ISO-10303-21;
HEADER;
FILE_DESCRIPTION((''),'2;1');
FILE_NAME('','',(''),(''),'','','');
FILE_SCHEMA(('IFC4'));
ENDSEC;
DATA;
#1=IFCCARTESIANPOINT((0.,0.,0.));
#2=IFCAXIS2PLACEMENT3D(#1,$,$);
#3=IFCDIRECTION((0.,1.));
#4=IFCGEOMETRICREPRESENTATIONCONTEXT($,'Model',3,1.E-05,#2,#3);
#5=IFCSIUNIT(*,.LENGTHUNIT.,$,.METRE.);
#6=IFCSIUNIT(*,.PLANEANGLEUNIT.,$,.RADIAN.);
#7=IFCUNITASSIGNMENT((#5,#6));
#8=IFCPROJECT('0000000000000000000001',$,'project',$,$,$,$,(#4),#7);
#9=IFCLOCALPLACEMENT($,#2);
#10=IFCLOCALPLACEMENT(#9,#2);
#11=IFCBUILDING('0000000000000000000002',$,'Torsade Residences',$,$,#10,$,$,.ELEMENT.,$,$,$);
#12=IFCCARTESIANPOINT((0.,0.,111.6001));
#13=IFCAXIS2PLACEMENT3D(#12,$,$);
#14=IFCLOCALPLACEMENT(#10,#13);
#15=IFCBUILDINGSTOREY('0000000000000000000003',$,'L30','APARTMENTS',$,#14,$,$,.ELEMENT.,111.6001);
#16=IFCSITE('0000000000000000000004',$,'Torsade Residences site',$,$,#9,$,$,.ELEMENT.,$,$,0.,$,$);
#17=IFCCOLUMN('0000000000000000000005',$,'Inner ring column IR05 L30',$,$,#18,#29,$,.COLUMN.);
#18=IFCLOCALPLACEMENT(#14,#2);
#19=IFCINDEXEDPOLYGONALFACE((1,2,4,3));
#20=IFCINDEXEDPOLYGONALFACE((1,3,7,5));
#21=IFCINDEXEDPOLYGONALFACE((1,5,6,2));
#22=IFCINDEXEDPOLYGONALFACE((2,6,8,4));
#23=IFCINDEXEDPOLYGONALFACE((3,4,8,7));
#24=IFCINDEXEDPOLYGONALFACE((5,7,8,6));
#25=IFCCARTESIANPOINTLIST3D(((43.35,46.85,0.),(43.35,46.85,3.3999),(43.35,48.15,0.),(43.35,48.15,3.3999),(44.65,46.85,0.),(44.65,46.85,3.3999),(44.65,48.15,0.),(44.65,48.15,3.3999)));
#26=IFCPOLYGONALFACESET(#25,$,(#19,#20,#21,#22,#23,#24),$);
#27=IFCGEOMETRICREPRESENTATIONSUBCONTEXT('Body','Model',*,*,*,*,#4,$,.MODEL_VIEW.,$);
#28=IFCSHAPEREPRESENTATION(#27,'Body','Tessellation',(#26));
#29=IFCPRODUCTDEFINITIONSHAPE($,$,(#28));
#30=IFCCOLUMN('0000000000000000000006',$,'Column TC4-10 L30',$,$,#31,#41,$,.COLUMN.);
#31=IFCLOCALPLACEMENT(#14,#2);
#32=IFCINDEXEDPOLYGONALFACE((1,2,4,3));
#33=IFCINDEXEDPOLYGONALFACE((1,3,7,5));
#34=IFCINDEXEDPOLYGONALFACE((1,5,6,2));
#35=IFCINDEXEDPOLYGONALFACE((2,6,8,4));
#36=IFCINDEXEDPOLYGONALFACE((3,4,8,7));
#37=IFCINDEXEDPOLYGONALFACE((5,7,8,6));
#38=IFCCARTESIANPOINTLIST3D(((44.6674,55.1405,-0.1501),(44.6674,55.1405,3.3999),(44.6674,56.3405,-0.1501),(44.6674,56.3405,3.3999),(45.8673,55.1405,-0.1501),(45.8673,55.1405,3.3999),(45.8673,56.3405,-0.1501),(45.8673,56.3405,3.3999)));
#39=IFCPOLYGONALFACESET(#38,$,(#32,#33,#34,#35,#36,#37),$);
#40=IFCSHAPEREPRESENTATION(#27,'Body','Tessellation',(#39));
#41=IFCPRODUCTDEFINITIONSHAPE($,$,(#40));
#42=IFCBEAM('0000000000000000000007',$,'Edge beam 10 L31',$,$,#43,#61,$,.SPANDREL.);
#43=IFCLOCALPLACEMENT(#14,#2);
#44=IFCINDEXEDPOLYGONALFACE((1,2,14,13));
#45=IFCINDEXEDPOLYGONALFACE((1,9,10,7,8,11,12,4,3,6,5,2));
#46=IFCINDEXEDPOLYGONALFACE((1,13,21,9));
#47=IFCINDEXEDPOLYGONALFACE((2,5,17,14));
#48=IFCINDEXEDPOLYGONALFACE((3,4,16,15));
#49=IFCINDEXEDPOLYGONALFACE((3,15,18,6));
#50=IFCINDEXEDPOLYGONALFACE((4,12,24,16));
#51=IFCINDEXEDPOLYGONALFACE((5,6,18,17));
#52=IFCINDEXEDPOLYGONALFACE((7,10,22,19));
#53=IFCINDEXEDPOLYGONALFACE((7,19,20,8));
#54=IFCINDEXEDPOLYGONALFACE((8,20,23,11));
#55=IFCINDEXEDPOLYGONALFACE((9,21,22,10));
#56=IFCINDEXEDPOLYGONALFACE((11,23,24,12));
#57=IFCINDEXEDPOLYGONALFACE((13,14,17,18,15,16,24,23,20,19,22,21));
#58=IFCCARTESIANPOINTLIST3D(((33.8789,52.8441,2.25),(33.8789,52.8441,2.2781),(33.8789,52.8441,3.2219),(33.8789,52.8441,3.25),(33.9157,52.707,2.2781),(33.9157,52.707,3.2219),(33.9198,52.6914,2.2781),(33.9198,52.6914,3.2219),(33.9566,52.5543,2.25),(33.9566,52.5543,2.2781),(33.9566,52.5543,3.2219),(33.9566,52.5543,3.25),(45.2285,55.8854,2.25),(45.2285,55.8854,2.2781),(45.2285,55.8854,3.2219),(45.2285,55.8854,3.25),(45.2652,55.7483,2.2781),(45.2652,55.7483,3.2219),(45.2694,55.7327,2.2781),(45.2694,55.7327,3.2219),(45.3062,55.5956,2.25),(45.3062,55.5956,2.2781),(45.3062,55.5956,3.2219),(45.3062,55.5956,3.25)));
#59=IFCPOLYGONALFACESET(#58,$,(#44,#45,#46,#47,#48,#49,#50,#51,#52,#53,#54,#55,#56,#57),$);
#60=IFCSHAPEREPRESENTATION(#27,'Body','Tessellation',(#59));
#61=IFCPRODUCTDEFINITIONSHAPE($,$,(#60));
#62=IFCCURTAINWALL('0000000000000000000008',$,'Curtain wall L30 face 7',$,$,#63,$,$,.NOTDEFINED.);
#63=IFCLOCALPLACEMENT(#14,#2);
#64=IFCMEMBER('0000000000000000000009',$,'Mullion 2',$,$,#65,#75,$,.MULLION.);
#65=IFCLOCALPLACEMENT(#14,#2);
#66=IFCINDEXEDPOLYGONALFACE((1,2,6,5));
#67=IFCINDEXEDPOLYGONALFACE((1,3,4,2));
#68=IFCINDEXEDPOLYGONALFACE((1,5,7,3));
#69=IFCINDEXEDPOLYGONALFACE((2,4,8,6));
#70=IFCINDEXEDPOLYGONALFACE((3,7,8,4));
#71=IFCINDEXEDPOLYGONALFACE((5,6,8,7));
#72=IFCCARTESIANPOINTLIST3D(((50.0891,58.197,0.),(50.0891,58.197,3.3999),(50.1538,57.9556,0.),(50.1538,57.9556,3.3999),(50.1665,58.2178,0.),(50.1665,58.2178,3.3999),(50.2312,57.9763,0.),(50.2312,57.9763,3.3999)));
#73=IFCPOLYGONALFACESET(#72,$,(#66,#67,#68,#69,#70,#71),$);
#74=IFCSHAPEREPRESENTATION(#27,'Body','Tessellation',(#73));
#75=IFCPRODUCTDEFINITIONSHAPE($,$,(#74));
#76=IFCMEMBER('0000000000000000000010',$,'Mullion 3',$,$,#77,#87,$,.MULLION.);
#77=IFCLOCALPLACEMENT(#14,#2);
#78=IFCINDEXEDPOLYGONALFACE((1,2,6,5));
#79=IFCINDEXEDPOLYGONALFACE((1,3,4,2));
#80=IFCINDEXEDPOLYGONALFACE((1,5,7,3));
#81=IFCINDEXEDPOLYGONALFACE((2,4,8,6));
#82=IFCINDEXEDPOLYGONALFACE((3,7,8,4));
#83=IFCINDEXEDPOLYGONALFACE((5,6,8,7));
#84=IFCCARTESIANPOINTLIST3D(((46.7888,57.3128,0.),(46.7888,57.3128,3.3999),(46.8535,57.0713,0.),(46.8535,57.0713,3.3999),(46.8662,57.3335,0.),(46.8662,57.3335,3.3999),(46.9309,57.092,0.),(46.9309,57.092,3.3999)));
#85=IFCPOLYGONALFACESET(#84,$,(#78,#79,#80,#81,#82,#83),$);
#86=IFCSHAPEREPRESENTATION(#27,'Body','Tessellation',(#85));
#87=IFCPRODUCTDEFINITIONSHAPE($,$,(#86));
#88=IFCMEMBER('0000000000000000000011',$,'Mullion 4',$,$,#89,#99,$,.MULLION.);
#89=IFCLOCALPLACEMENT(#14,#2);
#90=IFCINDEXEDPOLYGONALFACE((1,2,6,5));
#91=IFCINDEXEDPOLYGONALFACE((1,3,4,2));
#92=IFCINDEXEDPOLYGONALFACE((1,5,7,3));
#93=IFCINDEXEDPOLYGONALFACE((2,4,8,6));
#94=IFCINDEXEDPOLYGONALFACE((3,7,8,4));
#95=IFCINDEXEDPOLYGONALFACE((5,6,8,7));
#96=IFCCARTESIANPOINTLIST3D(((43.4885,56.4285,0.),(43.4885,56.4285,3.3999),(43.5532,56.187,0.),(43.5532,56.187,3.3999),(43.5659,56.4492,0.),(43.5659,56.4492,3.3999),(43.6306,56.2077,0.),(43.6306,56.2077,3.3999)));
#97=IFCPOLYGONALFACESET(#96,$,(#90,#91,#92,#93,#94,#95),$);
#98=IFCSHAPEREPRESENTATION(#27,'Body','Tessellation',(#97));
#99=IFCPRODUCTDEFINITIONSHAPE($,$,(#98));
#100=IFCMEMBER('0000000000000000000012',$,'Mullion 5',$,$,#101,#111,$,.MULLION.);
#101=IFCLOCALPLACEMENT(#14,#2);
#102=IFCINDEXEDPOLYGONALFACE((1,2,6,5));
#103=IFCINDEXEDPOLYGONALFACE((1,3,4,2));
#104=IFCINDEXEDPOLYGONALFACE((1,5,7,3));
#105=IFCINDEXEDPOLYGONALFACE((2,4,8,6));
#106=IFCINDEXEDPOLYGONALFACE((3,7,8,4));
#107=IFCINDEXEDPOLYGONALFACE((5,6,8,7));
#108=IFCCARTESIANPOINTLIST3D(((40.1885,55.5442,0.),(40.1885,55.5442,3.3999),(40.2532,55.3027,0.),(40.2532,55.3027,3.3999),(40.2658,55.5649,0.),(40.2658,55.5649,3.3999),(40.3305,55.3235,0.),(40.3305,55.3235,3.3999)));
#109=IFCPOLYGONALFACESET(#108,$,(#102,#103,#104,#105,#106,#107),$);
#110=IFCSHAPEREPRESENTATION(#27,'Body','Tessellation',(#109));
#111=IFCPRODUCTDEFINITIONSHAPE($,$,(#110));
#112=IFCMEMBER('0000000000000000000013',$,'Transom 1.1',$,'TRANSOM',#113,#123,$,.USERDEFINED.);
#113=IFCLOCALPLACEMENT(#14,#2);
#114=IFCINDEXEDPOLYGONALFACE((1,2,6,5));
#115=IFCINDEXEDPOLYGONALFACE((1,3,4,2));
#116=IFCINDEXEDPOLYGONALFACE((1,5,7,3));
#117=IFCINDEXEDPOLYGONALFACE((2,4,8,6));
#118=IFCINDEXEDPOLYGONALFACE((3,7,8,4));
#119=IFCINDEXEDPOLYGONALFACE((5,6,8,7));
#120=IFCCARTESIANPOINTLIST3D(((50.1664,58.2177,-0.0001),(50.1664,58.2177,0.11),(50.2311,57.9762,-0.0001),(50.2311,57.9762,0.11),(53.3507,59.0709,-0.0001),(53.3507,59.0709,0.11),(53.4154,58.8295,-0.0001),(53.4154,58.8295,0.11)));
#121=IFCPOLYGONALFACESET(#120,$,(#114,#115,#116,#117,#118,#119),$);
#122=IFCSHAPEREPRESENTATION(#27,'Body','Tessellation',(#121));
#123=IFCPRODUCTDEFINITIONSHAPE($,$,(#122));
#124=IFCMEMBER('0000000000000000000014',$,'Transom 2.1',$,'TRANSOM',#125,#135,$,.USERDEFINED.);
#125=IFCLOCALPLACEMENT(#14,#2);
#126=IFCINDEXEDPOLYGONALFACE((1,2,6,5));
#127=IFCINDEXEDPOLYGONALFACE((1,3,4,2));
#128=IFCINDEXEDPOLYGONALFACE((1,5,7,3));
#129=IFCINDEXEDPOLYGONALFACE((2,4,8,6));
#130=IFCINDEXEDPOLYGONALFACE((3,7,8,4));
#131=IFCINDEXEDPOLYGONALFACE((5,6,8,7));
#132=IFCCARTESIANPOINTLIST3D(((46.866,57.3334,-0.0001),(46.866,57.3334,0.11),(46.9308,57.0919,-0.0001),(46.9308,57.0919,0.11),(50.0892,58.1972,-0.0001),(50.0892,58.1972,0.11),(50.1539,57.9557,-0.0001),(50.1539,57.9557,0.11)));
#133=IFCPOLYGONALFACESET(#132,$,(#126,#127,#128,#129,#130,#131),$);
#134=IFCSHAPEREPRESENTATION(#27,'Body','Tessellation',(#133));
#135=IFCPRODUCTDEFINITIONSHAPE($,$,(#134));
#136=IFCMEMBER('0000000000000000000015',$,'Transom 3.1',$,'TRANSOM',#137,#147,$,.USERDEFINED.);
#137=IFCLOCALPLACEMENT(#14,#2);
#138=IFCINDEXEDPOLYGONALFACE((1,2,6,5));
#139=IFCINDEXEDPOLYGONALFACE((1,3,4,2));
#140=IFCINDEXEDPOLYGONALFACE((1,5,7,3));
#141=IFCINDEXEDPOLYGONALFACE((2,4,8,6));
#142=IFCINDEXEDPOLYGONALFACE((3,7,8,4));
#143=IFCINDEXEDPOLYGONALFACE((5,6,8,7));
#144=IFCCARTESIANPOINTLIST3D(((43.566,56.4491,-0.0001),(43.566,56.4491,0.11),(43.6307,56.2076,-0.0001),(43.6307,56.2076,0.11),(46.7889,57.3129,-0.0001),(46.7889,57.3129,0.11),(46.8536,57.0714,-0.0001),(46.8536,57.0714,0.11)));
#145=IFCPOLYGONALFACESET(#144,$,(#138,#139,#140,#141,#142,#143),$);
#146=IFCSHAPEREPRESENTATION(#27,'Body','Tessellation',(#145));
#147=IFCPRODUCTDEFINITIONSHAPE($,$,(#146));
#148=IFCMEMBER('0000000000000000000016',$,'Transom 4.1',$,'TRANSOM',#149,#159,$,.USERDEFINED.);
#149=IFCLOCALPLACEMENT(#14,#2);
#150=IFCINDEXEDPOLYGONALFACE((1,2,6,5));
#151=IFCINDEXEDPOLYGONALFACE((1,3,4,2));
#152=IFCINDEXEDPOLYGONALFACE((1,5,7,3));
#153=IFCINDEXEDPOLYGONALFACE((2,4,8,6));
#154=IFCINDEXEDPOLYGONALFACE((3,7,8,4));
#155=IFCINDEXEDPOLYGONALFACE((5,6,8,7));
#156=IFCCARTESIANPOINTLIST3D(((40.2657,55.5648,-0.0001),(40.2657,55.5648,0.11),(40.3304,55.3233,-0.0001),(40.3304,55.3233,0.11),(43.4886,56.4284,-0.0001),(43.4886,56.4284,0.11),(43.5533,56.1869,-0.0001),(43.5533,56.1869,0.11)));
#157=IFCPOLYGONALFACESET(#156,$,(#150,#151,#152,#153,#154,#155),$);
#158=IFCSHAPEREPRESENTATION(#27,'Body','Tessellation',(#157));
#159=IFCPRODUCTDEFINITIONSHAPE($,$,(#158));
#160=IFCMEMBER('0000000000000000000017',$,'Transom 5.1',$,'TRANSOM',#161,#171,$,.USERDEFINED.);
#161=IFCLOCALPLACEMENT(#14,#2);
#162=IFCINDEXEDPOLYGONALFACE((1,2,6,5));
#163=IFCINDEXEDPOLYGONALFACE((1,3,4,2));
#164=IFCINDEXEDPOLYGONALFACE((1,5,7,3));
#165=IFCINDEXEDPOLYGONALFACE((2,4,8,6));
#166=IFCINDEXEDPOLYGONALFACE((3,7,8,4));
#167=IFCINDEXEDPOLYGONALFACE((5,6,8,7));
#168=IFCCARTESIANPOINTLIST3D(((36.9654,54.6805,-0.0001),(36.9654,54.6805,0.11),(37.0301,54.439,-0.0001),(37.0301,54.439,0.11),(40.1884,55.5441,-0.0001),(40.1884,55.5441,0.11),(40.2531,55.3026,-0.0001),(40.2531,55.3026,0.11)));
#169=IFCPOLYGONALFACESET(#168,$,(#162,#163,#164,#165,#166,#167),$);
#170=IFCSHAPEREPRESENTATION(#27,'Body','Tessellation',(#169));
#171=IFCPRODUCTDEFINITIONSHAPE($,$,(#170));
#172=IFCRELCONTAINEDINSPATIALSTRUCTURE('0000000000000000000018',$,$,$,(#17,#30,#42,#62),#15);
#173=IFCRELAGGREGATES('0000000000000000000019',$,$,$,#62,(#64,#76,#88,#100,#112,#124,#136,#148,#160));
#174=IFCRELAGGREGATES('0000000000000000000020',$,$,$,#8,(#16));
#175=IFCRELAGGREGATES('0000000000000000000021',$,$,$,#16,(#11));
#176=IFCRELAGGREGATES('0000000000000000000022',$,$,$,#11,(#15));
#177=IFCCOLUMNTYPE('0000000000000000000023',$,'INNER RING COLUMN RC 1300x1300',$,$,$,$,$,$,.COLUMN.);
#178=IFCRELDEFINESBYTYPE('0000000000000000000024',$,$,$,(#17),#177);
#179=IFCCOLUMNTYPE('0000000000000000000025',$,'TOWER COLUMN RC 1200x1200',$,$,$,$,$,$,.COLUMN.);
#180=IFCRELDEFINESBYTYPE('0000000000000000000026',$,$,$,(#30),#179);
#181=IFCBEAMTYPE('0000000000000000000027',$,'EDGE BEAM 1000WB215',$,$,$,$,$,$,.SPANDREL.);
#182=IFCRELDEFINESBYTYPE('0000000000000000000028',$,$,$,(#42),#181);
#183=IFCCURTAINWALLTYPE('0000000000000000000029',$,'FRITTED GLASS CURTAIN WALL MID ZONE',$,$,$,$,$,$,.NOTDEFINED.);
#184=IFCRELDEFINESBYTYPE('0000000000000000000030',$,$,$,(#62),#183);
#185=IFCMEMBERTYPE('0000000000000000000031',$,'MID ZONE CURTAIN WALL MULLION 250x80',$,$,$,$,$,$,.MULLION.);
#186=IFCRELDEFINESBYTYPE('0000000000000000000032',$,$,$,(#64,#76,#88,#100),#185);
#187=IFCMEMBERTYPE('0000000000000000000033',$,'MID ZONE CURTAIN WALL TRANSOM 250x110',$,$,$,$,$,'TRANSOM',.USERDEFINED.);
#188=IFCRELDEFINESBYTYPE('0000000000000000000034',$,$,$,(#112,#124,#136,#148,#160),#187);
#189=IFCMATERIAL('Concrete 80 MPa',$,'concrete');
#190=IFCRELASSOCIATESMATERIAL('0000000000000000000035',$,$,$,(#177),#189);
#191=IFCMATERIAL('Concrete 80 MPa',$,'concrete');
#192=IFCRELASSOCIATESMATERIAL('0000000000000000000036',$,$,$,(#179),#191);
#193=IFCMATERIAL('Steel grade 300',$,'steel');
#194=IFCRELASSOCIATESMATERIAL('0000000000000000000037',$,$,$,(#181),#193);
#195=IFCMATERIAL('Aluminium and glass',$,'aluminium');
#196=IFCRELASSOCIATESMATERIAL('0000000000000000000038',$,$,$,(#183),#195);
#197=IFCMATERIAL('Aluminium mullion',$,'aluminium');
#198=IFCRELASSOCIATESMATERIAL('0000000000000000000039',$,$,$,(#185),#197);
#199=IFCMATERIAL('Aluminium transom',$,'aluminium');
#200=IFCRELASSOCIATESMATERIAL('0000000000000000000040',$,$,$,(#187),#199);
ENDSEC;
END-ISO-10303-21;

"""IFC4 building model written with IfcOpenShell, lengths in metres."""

from ifc_helpers import new_model, si_unit, direction, frame, origin, origin_2d, place, context, subcontext, project, spatial, rectangle, i_section, extrude, material, material_profile, profile_set, type_object, element, aggregate, save


model = new_model("IFC4")

# Units and contexts
model_context = context("Model", 3, precision=1e-05, world=origin(), true_north=direction((0.0, 1.0)))
body_context = subcontext(model_context, "Body", "Model", "MODEL_VIEW")
ifc_project = project(units=[si_unit("LENGTHUNIT", "METRE"), si_unit("PLANEANGLEUNIT", "RADIAN")], contexts=[model_context])

# Site, building, storey
site_placement = place(None, origin())
site = spatial("IfcSite", under=ifc_project, at=site_placement, Name="Torsade Residences site", CompositionType="ELEMENT", RefElevation=0.0)
building_placement = place(site_placement, origin())
building = spatial("IfcBuilding", under=site, at=building_placement, Name="Torsade Residences", CompositionType="ELEMENT")
storey_placement = place(building_placement, frame((0.0, 0.0, 111.6001)))
storey = spatial("IfcBuildingStorey", under=building, at=storey_placement, Name="L30", Description="APARTMENTS", CompositionType="ELEMENT", Elevation=111.6001)

# Columns
ifc_material_1 = material(Name="Concrete 80 MPa", Category="concrete")
ifc_material_profile_1 = material_profile(ifc_material_1, rectangle(XDim=1.3, YDim=1.3, at=origin_2d()), Name="RC 1300x1300")
ifc_profile_set_1 = profile_set([ifc_material_profile_1], Name="Concrete 80 MPa")
column_type_1 = type_object("IfcColumnType", Name="INNER RING COLUMN RC 1300x1300", PredefinedType="COLUMN", material=ifc_profile_set_1)
column_1_placement = place(storey_placement, frame((44.0, 47.5, 0.0), z_axis=(0.0, 0.0, 1.0), x_axis=(1.0, 0.0, 0.0)))
element("IfcColumn", 1, at=column_1_placement, inside=storey, type_object=column_type_1, Name="Inner ring column IR05 L30", PredefinedType="COLUMN", context=body_context, shape_type="SweptSolid", body=[
    extrude(rectangle(XDim=1.3, YDim=1.3, at=origin_2d()), origin(), (0.0, 0.0, 1.0), 3.3999),
])
ifc_material_2 = material(Name="Concrete 80 MPa", Category="concrete")
ifc_material_profile_2 = material_profile(ifc_material_2, rectangle(XDim=1.2, YDim=1.2, at=origin_2d()), Name="RC 1200x1200")
ifc_profile_set_2 = profile_set([ifc_material_profile_2], Name="Concrete 80 MPa")
column_type_2 = type_object("IfcColumnType", Name="TOWER COLUMN RC 1200x1200", PredefinedType="COLUMN", material=ifc_profile_set_2)
column_2_placement = place(storey_placement, frame((45.2673, 55.7405, -0.1501), z_axis=(0.0, 0.0, 1.0), x_axis=(1.0, 0.0, 0.0)))
element("IfcColumn", 2, at=column_2_placement, inside=storey, type_object=column_type_2, Name="Column TC4-10 L30", PredefinedType="COLUMN", context=body_context, shape_type="SweptSolid", body=[
    extrude(rectangle(XDim=1.2, YDim=1.2, at=origin_2d()), origin(), (0.0, 0.0, 1.0), 3.55),
])

# Beam
ifc_material_3 = material(Name="Steel grade 300", Category="steel")
ifc_material_profile_3 = material_profile(ifc_material_3, i_section(OverallWidth=0.3, OverallDepth=1.0, WebThickness=0.0161, FlangeThickness=0.0281, at=origin_2d()), Name="1000WB215")
ifc_profile_set_3 = profile_set([ifc_material_profile_3], Name="Steel grade 300")
beam_type_1 = type_object("IfcBeamType", Name="EDGE BEAM 1000WB215", PredefinedType="SPANDREL", material=ifc_profile_set_3)
beam_1_placement = place(storey_placement, frame((45.2673, 55.7405, 2.75), z_axis=(-0.965923, -0.25883, 0.0), x_axis=(0.25883, -0.965923, 0.0)))
element("IfcBeam", 3, at=beam_1_placement, inside=storey, type_object=beam_type_1, Name="Edge beam 10 L31", PredefinedType="SPANDREL", context=body_context, shape_type="SweptSolid", body=[
    extrude(i_section(OverallWidth=0.3, OverallDepth=1.0, WebThickness=0.0161, FlangeThickness=0.0281, at=origin_2d()), origin(), (0.0, 0.0, 1.0), 11.75),
])

# Curtain wall, members
ifc_material_4 = material(Name="Aluminium and glass", Category="aluminium")
curtain_wall_type = type_object("IfcCurtainWallType", Name="FRITTED GLASS CURTAIN WALL MID ZONE", PredefinedType="NOTDEFINED", material=ifc_material_4)
curtain_wall_placement = place(storey_placement, origin())
curtain_wall = element("IfcCurtainWall", 4, at=curtain_wall_placement, inside=storey, type_object=curtain_wall_type, Name="Curtain wall L30 face 7", PredefinedType="NOTDEFINED")
ifc_material_5 = material(Name="Aluminium mullion", Category="aluminium")
ifc_material_profile_4 = material_profile(ifc_material_5, rectangle(XDim=0.25, YDim=0.0801, at=origin_2d()), Name="MID ZONE CURTAIN WALL MULLION 250x80")
ifc_profile_set_4 = profile_set([ifc_material_profile_4], Name="Aluminium mullion")
member_type_1 = type_object("IfcMemberType", Name="MID ZONE CURTAIN WALL MULLION 250x80", PredefinedType="MULLION", material=ifc_profile_set_4)
member_1_placement = place(storey_placement, frame((50.1602, 58.0867, 0.0), z_axis=(0.0, 0.0, 1.0), x_axis=(0.258819, -0.965926, 0.0)))
member_1 = element("IfcMember", 5, at=member_1_placement, type_object=member_type_1, Name="Mullion 2", PredefinedType="MULLION", context=body_context, shape_type="SweptSolid", body=[
    extrude(rectangle(XDim=0.25, YDim=0.0801, at=origin_2d()), origin(), (0.0, 0.0, 1.0), 3.3999),
])
member_2_placement = place(storey_placement, frame((46.8599, 57.2024, 0.0), z_axis=(0.0, 0.0, 1.0), x_axis=(0.258819, -0.965926, 0.0)))
member_2 = element("IfcMember", 6, at=member_2_placement, type_object=member_type_1, Name="Mullion 3", PredefinedType="MULLION", context=body_context, shape_type="SweptSolid", body=[
    extrude(rectangle(XDim=0.25, YDim=0.0801, at=origin_2d()), origin(), (0.0, 0.0, 1.0), 3.3999),
])
member_3_placement = place(storey_placement, frame((43.5596, 56.3181, 0.0), z_axis=(0.0, 0.0, 1.0), x_axis=(0.258819, -0.965926, 0.0)))
member_3 = element("IfcMember", 7, at=member_3_placement, type_object=member_type_1, Name="Mullion 4", PredefinedType="MULLION", context=body_context, shape_type="SweptSolid", body=[
    extrude(rectangle(XDim=0.25, YDim=0.0801, at=origin_2d()), origin(), (0.0, 0.0, 1.0), 3.3999),
])
member_4_placement = place(storey_placement, frame((40.2595, 55.4338, 0.0), z_axis=(0.0, 0.0, 1.0), x_axis=(0.258819, -0.965926, 0.0)))
member_4 = element("IfcMember", 8, at=member_4_placement, type_object=member_type_1, Name="Mullion 5", PredefinedType="MULLION", context=body_context, shape_type="SweptSolid", body=[
    extrude(rectangle(XDim=0.25, YDim=0.0801, at=origin_2d()), origin(), (0.0, 0.0, 1.0), 3.3999),
])
ifc_material_6 = material(Name="Aluminium transom", Category="aluminium")
ifc_material_profile_5 = material_profile(ifc_material_6, rectangle(XDim=0.25, YDim=0.1101, at=origin_2d()), Name="MID ZONE CURTAIN WALL TRANSOM 250x110")
ifc_profile_set_5 = profile_set([ifc_material_profile_5], Name="Aluminium transom")
member_type_2 = type_object("IfcMemberType", Name="MID ZONE CURTAIN WALL TRANSOM 250x110", ElementType="TRANSOM", PredefinedType="USERDEFINED", material=ifc_profile_set_5)
member_5_placement = place(storey_placement, frame((53.3831, 58.9502, 0.0549), z_axis=(-0.965923, -0.258829, 0.0), x_axis=(0.258829, -0.965923, 0.0)))
member_5 = element("IfcMember", 9, at=member_5_placement, type_object=member_type_2, Name="Transom 1.1", ObjectType="TRANSOM", PredefinedType="USERDEFINED", context=body_context, shape_type="SweptSolid", body=[
    extrude(rectangle(XDim=0.25, YDim=0.1101, at=origin_2d()), origin(), (0.0, 0.0, 1.0), 3.2966),
])
member_6_placement = place(storey_placement, frame((50.1216, 58.0764, 0.0549), z_axis=(-0.965916, -0.258856, 0.0), x_axis=(0.258856, -0.965916, 0.0)))
member_6 = element("IfcMember", 10, at=member_6_placement, type_object=member_type_2, Name="Transom 2.1", ObjectType="TRANSOM", PredefinedType="USERDEFINED", context=body_context, shape_type="SweptSolid", body=[
    extrude(rectangle(XDim=0.25, YDim=0.1101, at=origin_2d()), origin(), (0.0, 0.0, 1.0), 3.3369),
])
member_7_placement = place(storey_placement, frame((46.8213, 57.1921, 0.0549), z_axis=(-0.965911, -0.258874, 0.0), x_axis=(0.258874, -0.965911, 0.0)))
member_7 = element("IfcMember", 11, at=member_7_placement, type_object=member_type_2, Name="Transom 3.1", ObjectType="TRANSOM", PredefinedType="USERDEFINED", context=body_context, shape_type="SweptSolid", body=[
    extrude(rectangle(XDim=0.25, YDim=0.1101, at=origin_2d()), origin(), (0.0, 0.0, 1.0), 3.3367),
])
member_8_placement = place(storey_placement, frame((43.521, 56.3076, 0.0549), z_axis=(-0.965929, -0.258806, 0.0), x_axis=(0.258806, -0.965929, 0.0)))
member_8 = element("IfcMember", 12, at=member_8_placement, type_object=member_type_2, Name="Transom 4.1", ObjectType="TRANSOM", PredefinedType="USERDEFINED", context=body_context, shape_type="SweptSolid", body=[
    extrude(rectangle(XDim=0.25, YDim=0.1101, at=origin_2d()), origin(), (0.0, 0.0, 1.0), 3.3367),
])
member_9_placement = place(storey_placement, frame((40.2207, 55.4233, 0.0549), z_axis=(-0.965929, -0.258806, 0.0), x_axis=(0.258806, -0.965929, 0.0)))
member_9 = element("IfcMember", 13, at=member_9_placement, type_object=member_type_2, Name="Transom 5.1", ObjectType="TRANSOM", PredefinedType="USERDEFINED", context=body_context, shape_type="SweptSolid", body=[
    extrude(rectangle(XDim=0.25, YDim=0.1101, at=origin_2d()), origin(), (0.0, 0.0, 1.0), 3.3367),
])

aggregate(curtain_wall, [member_1, member_2, member_3, member_4, member_5, member_6, member_7, member_8, member_9])

save(model, "model.ifc")
